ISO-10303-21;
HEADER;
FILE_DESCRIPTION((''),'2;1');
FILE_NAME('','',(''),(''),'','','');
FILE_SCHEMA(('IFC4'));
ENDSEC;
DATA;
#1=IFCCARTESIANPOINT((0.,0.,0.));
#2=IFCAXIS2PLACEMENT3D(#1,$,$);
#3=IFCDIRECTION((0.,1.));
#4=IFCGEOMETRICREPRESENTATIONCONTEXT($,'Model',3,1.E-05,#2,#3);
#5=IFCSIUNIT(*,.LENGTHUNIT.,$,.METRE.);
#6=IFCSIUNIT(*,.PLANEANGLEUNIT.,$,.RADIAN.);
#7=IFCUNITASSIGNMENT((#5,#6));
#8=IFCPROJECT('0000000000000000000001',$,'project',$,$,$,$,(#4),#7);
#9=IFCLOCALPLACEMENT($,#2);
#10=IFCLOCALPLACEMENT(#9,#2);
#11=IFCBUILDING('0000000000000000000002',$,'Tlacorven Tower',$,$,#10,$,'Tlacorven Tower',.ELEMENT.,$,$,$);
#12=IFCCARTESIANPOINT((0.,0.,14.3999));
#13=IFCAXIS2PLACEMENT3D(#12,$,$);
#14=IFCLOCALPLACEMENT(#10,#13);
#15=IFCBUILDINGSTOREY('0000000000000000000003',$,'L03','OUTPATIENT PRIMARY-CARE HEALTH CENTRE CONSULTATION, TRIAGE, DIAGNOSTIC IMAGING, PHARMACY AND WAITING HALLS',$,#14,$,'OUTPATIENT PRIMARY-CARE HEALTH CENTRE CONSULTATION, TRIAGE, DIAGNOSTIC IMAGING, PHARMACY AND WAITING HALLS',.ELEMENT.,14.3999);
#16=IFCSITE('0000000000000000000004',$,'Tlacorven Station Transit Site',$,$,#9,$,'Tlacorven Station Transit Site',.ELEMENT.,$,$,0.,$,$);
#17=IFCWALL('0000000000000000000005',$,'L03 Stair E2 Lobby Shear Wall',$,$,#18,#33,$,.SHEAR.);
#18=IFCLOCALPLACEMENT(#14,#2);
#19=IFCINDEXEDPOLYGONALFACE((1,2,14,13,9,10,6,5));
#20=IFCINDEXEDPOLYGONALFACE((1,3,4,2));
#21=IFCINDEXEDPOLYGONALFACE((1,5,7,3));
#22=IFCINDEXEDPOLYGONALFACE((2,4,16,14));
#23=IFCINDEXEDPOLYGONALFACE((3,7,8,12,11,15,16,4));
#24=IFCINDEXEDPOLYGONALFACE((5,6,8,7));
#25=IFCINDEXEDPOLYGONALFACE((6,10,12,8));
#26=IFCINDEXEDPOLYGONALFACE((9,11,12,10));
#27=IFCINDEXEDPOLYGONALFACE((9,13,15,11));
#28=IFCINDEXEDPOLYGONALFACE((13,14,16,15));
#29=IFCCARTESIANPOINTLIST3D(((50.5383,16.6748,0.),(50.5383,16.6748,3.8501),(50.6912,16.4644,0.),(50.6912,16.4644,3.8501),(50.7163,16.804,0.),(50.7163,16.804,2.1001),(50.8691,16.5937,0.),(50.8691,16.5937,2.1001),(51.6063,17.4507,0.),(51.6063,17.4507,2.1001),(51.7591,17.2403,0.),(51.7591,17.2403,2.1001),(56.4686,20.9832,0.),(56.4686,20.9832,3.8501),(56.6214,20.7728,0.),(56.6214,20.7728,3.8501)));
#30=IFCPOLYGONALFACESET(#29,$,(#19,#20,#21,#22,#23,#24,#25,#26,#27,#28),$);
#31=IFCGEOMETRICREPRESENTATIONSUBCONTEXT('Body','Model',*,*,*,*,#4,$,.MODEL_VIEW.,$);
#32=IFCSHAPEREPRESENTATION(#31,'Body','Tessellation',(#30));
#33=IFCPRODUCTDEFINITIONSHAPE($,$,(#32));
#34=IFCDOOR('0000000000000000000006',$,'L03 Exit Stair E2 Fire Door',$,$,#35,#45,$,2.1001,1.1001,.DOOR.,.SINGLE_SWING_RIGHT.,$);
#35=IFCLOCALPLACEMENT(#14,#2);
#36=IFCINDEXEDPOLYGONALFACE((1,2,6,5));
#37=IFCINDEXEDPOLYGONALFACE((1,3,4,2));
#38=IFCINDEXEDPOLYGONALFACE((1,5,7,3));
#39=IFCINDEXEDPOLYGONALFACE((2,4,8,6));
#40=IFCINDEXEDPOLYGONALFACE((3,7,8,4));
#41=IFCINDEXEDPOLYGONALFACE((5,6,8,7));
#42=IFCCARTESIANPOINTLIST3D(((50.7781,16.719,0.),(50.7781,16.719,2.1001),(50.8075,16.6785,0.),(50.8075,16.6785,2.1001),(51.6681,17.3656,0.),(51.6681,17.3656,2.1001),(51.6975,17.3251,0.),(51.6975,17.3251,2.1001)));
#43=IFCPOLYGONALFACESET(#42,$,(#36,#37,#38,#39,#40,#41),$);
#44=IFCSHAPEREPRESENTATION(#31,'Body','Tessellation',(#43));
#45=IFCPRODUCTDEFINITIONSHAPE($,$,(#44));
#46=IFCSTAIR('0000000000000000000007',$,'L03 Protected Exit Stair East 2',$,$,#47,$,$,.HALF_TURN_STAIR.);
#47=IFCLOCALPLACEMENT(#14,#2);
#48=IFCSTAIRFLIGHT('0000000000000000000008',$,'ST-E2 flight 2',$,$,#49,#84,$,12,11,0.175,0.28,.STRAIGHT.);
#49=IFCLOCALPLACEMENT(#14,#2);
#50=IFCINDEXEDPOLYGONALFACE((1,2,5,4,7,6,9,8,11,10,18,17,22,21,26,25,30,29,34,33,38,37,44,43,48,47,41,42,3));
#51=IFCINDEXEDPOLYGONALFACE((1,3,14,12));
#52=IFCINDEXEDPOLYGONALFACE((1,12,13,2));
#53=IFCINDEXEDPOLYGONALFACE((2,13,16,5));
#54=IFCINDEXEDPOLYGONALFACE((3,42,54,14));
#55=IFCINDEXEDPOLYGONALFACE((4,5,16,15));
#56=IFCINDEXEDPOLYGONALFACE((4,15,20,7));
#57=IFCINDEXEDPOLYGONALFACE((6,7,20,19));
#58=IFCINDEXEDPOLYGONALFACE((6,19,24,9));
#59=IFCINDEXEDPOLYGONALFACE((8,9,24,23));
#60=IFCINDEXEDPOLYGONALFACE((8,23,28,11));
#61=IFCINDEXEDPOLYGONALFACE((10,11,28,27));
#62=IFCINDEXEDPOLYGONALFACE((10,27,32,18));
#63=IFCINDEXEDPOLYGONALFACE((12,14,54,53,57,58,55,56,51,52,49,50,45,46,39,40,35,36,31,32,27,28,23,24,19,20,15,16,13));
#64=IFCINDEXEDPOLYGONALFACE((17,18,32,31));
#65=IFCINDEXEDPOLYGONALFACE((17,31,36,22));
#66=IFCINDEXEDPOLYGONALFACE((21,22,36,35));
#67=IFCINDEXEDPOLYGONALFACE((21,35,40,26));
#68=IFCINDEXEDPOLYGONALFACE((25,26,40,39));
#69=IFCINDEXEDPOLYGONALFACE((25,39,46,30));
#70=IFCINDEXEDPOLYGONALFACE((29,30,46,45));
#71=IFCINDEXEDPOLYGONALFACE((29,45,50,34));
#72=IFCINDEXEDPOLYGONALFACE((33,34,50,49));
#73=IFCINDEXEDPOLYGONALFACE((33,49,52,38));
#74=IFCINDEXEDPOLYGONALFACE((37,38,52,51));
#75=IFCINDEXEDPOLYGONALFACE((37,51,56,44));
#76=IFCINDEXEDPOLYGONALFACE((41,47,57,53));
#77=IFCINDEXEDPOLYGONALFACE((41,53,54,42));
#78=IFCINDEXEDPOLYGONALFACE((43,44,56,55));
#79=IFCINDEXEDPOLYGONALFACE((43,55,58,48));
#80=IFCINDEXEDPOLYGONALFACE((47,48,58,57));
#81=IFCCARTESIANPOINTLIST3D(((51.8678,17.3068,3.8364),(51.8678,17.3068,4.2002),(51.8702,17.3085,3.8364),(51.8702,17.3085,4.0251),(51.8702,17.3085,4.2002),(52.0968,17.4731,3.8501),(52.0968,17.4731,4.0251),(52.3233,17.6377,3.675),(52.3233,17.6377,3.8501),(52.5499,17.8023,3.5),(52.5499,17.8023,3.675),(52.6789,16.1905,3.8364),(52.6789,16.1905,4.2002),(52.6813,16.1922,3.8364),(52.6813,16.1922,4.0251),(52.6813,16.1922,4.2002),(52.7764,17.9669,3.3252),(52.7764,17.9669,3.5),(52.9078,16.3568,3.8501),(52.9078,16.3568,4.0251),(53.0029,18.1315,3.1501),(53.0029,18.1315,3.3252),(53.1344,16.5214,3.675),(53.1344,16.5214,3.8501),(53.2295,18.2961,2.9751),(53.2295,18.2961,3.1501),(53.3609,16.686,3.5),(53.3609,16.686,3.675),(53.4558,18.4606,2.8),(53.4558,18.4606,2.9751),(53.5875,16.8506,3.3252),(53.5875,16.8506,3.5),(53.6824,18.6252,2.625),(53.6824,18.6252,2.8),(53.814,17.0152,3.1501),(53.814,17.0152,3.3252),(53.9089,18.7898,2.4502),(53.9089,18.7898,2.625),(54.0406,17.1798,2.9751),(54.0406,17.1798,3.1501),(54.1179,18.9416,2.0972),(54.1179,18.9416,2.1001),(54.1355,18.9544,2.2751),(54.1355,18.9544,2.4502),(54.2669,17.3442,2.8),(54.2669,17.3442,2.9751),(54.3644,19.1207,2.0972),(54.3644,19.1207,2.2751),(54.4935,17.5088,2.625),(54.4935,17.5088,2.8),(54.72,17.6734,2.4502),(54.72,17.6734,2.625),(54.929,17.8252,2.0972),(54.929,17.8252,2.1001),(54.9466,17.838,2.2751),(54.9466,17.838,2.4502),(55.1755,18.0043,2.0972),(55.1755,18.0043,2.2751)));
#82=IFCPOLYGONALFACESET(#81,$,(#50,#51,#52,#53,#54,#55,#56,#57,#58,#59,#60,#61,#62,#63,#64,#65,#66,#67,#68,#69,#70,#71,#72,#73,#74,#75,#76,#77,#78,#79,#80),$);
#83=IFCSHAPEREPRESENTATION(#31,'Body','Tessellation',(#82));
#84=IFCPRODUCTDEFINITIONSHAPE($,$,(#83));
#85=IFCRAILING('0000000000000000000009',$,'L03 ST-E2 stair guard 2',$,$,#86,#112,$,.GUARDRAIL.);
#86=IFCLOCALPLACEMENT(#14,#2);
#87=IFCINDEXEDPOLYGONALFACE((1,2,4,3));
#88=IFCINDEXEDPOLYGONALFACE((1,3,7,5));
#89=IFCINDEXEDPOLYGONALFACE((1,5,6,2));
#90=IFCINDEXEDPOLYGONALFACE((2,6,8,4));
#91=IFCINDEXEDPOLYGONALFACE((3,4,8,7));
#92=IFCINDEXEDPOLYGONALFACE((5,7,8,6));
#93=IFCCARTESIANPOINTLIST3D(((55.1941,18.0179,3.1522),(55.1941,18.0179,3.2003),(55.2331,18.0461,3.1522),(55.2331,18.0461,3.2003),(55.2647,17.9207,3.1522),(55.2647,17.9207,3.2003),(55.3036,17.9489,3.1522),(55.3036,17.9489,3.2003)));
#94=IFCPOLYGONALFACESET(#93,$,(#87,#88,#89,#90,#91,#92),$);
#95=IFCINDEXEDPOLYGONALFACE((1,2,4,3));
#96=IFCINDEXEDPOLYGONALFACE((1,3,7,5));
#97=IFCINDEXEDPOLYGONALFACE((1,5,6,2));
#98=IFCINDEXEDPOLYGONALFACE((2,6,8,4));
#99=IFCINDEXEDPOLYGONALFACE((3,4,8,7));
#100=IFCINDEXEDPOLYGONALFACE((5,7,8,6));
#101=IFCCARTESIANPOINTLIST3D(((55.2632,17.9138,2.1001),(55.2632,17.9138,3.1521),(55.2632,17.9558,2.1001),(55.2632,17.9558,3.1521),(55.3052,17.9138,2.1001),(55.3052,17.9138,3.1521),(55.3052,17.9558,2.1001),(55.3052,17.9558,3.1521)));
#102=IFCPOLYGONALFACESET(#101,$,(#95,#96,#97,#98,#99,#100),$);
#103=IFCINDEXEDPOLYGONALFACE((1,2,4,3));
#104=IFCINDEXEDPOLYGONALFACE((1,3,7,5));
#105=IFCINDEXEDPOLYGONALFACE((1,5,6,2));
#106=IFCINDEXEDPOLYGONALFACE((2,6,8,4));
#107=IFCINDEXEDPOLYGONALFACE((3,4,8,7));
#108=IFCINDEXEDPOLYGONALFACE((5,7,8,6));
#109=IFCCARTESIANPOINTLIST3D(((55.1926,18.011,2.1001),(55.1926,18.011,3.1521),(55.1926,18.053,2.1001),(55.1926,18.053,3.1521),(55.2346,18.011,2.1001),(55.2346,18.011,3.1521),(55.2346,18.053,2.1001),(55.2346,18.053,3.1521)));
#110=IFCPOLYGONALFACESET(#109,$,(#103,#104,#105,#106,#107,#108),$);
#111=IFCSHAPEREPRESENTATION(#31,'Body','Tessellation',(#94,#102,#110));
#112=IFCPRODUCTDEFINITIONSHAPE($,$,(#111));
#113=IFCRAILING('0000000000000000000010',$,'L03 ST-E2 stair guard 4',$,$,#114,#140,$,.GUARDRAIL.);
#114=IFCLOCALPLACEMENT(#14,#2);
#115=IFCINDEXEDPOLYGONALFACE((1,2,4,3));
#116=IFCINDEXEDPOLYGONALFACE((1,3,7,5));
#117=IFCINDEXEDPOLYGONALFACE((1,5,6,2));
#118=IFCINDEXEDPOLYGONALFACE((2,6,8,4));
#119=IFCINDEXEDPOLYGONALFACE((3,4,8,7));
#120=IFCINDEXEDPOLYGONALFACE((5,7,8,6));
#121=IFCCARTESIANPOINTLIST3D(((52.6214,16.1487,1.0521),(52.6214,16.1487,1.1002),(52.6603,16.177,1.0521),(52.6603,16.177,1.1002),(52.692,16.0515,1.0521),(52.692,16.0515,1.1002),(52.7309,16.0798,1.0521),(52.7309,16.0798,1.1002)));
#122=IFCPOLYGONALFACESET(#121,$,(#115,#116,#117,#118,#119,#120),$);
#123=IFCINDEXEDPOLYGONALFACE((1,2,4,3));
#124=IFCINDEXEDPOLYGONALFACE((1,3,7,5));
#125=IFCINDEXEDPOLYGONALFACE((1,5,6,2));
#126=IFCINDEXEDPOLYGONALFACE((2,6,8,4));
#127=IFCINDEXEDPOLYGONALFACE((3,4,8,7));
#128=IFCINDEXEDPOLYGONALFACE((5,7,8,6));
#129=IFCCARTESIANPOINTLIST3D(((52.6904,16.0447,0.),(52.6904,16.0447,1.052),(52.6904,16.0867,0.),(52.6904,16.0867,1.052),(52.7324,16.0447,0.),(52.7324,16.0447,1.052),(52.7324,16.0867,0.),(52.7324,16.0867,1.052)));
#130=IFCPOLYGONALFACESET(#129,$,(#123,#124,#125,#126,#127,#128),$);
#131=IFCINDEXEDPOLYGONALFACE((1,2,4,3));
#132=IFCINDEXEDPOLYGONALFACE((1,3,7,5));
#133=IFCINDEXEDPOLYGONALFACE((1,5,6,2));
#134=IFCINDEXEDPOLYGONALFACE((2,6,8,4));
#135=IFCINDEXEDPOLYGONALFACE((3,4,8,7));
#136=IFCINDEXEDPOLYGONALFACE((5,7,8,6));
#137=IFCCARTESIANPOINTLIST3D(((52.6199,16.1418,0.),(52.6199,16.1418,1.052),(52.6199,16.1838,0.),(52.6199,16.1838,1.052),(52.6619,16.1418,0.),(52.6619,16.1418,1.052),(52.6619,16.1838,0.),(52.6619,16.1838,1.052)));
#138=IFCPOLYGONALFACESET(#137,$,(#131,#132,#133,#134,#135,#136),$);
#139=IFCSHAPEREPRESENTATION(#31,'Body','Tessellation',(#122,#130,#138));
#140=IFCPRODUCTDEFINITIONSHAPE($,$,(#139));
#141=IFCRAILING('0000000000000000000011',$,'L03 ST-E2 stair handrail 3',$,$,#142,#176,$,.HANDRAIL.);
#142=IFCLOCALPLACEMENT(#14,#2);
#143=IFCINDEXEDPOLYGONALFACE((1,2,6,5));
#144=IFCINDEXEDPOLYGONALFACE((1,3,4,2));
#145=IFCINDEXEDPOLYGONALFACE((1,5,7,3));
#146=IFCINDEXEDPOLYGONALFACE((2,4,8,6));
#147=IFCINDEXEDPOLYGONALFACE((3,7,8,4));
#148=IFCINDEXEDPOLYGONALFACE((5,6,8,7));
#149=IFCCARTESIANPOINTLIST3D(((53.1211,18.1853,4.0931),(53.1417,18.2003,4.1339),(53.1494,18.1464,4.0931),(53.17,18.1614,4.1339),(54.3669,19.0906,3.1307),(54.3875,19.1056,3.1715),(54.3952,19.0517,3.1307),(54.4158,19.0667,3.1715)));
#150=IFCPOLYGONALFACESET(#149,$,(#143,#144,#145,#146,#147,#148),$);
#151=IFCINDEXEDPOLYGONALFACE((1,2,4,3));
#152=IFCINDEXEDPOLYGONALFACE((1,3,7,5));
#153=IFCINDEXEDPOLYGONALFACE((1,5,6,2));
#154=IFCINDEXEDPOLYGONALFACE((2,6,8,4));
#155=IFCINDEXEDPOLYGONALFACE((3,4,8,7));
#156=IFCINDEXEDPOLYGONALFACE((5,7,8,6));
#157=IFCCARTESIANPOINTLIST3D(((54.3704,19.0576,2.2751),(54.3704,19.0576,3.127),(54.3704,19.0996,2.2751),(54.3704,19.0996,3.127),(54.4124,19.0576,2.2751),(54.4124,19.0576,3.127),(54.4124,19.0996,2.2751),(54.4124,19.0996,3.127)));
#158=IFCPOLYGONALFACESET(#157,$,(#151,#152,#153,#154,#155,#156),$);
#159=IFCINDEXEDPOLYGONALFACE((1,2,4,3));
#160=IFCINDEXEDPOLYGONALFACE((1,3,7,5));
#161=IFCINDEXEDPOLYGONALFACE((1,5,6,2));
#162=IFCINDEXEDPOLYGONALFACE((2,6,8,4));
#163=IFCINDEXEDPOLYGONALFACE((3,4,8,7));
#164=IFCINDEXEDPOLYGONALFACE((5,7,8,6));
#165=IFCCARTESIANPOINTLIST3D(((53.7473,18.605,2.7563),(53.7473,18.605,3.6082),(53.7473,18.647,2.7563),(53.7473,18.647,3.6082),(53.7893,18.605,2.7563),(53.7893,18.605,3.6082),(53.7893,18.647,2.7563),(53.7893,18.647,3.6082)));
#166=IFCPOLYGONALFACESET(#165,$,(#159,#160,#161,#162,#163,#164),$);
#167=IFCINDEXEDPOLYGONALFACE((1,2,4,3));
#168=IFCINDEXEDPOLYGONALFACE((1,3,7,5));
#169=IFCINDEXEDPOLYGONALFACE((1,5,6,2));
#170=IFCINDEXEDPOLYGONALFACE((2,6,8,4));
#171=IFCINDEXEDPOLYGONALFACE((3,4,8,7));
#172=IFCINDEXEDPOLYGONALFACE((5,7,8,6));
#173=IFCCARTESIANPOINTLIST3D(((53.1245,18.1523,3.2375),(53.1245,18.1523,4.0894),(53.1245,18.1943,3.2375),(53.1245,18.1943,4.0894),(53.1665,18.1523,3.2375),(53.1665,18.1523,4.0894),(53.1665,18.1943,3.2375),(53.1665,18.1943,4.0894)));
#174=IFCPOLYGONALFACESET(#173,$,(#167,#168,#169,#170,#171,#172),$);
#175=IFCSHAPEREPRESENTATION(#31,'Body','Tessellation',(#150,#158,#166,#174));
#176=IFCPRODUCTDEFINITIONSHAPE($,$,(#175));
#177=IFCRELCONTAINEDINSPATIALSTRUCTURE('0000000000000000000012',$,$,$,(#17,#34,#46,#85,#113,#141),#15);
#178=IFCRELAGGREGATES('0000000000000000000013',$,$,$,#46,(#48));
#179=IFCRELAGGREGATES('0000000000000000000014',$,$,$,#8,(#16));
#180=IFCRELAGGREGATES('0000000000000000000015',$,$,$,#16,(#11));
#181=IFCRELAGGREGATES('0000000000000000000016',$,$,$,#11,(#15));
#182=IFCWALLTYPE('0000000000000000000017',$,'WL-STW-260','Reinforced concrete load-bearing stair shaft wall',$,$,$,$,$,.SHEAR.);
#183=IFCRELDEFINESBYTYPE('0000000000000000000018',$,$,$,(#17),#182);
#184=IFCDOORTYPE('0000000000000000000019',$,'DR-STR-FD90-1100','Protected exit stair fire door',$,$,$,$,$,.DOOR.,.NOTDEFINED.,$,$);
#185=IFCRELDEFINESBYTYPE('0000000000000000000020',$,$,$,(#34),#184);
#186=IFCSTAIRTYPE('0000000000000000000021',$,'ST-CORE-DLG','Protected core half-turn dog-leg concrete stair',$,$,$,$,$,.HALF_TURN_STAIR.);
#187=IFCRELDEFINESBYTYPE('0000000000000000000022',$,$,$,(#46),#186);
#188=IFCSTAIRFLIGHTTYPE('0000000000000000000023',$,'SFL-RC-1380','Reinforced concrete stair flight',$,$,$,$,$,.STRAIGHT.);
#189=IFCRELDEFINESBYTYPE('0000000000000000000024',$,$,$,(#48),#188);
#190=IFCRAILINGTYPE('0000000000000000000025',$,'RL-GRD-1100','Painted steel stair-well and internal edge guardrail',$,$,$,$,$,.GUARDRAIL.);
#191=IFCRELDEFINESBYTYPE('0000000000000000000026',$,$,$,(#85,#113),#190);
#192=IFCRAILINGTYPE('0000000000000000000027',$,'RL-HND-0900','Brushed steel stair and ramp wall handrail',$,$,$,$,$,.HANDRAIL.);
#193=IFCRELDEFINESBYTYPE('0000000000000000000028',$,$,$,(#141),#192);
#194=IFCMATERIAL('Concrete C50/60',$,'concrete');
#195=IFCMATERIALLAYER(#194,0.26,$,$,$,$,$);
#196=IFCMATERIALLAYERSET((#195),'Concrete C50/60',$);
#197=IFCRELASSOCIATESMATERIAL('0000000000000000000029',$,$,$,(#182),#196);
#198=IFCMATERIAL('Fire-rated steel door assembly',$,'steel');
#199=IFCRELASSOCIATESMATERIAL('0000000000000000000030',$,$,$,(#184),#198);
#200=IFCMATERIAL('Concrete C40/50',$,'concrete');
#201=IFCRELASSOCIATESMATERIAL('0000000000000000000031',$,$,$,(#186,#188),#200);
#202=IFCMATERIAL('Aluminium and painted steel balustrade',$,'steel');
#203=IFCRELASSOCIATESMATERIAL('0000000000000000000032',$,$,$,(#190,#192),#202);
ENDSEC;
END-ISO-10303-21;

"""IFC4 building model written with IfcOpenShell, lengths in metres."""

from ifc_helpers import new_model, si_unit, direction, frame, frame_2d, origin, origin_2d, place, context, subcontext, project, spatial, polyline, rectangle, outline, extrude, source, transform, mapped, material, layer, layer_set, type_object, element, fill, aggregate, save


model = new_model("IFC4")

# Units and contexts
model_context = context("Model", 3, precision=1e-05, world=origin(), true_north=direction((0.0, 1.0)))
body_context = subcontext(model_context, "Body", "Model", "MODEL_VIEW")
ifc_project = project(units=[si_unit("LENGTHUNIT", "METRE"), si_unit("PLANEANGLEUNIT", "RADIAN")], contexts=[model_context])

# Site, building, storey
site_placement = place(None, origin())
site = spatial("IfcSite", under=ifc_project, at=site_placement, Name="Tlacorven Station Transit Site", LongName="Tlacorven Station Transit Site", CompositionType="ELEMENT", RefElevation=0.0)
building_placement = place(site_placement, origin())
building = spatial("IfcBuilding", under=site, at=building_placement, Name="Tlacorven Tower", LongName="Tlacorven Tower", CompositionType="ELEMENT")
storey_placement = place(building_placement, frame((0.0, 0.0, 14.3999)))
storey = spatial("IfcBuildingStorey", under=building, at=storey_placement, Name="L03", Description="OUTPATIENT PRIMARY-CARE HEALTH CENTRE CONSULTATION, TRIAGE, DIAGNOSTIC IMAGING, PHARMACY AND WAITING HALLS", LongName="OUTPATIENT PRIMARY-CARE HEALTH CENTRE CONSULTATION, TRIAGE, DIAGNOSTIC IMAGING, PHARMACY AND WAITING HALLS", CompositionType="ELEMENT", Elevation=14.3999)

# Shared definitions
ifc_material_1 = material(Name="Concrete C40/50", Category="concrete")
ifc_material_2 = material(Name="Fire-rated steel door assembly", Category="steel")

# Wall, opening, door
ifc_material_3 = material(Name="Concrete C50/60", Category="concrete")
ifc_layer_1 = layer(ifc_material_3, 0.26)
ifc_layer_set_1 = layer_set([ifc_layer_1], Name="Concrete C50/60")
wall_type_1 = type_object("IfcWallType", Name="WL-STW-260", Description="Reinforced concrete load-bearing stair shaft wall", PredefinedType="SHEAR", material=ifc_layer_set_1)
door_type_1 = type_object("IfcDoorType", Name="DR-STR-FD90-1100", Description="Protected exit stair fire door", OperationType="NOTDEFINED", PredefinedType="DOOR", material=ifc_material_2)
shared_shape_1 = source(origin(), body_context, "Body", "SweptSolid", [
    extrude(rectangle(XDim=1.1001, YDim=2.1001, at=frame_2d((0.55, 1.05))), frame((0.0, 0.0249, 0.0), z_axis=(0.0, -1.0, 0.0), x_axis=(1.0, 0.0, 0.0)), (0.0, 0.0, 1.0), 0.05),
])
wall_1_placement = place(storey_placement, frame((50.6147, 16.5696, 0.0), z_axis=(0.0, 0.0, 1.0), x_axis=(0.809028, 0.58777, 0.0)))
wall_1 = element("IfcWall", 1, at=wall_1_placement, inside=storey, type_object=wall_type_1, Name="L03 Stair E2 Lobby Shear Wall", PredefinedType="SHEAR", context=body_context, shape_type="SweptSolid", body=[
    extrude(rectangle(XDim=7.3301, YDim=0.26, at=frame_2d((3.665, 0.0))), origin(), (0.0, 0.0, 1.0), 3.8501),
])
opening_1_placement = place(wall_1_placement, frame((0.22, 0.0, 0.0)))
opening_1 = element("IfcOpeningElement", 2, at=opening_1_placement, cuts=wall_1, PredefinedType="OPENING", context=body_context, shape_type="SweptSolid", body=[
    extrude(rectangle(XDim=1.1001, YDim=2.1001, at=frame_2d((0.55, 1.05))), frame((0.0, 0.1401, 0.0), z_axis=(0.0, -1.0, 0.0), x_axis=(1.0, 0.0, 0.0)), (0.0, 0.0, 1.0), 0.28),
])
door_1_placement = place(opening_1_placement, origin())
door_1 = element("IfcDoor", 3, at=door_1_placement, inside=storey, type_object=door_type_1, Name="L03 Exit Stair E2 Fire Door", OperationType="SINGLE_SWING_RIGHT", OverallHeight=2.1001, OverallWidth=1.1001, PredefinedType="DOOR", context=body_context, shape_type="MappedRepresentation", body=[
    mapped(shared_shape_1, transform((0.0, 0.0, 0.0), scale=1.0)),
])
fill(opening_1, door_1)

# Stair, stair flight
stair_type = type_object("IfcStairType", Name="ST-CORE-DLG", Description="Protected core half-turn dog-leg concrete stair", PredefinedType="HALF_TURN_STAIR", material=ifc_material_1)
stair_placement = place(storey_placement, origin())
stair = element("IfcStair", 4, at=stair_placement, inside=storey, type_object=stair_type, Name="L03 Protected Exit Stair East 2", PredefinedType="HALF_TURN_STAIR")
stair_flight_type = type_object("IfcStairFlightType", Name="SFL-RC-1380", Description="Reinforced concrete stair flight", PredefinedType="STRAIGHT", material=ifc_material_1)
shared_shape_2 = source(origin(), body_context, "Body", "SweptSolid", [
    extrude(outline(polyline([(-0.0029, -0.0029), (-0.0029, 0.175), (0.28, 0.175), (0.28, 0.3501), (0.5601, 0.3501), (0.5601, 0.5249), (0.8401, 0.5249), (0.8401, 0.7), (1.1201, 0.7), (1.1201, 0.875), (1.3999, 0.875), (1.3999, 1.05), (1.6799, 1.05), (1.6799, 1.2251), (1.96, 1.2251), (1.96, 1.3999), (2.24, 1.3999), (2.24, 1.575), (2.52, 1.575), (2.52, 1.75), (2.8, 1.75), (2.8, 1.925), (3.0801, 1.925), (3.0801, 2.1001), (3.083, 2.1001), (3.083, 1.7363), (3.0801, 1.7363), (0.3018, 0.0), (0.3018, -0.0029), (-0.0029, -0.0029)])), frame((0.0, 0.6899, 0.0), z_axis=(0.0, -1.0, 0.0), x_axis=(1.0, 0.0, 0.0)), (0.0, 0.0, 1.0), 1.3799),
])
stair_flight_placement = place(storey_placement, frame((54.7676, 18.5608, 2.1001), z_axis=(0.0, 0.0, 1.0), x_axis=(-0.809017, -0.587785, 0.0)))
stair_flight = element("IfcStairFlight", 5, at=stair_flight_placement, type_object=stair_flight_type, Name="ST-E2 flight 2", NumberOfRisers=12, NumberOfTreads=11, PredefinedType="STRAIGHT", RiserHeight=0.175, TreadLength=0.28, context=body_context, shape_type="MappedRepresentation", body=[
    mapped(shared_shape_2, transform((0.0, 0.0, 0.0), scale=1.0)),
])
aggregate(stair, [stair_flight])

# Railings
ifc_material_4 = material(Name="Aluminium and painted steel balustrade", Category="steel")
railing_type_1 = type_object("IfcRailingType", Name="RL-GRD-1100", Description="Painted steel stair-well and internal edge guardrail", PredefinedType="GUARDRAIL", material=ifc_material_4)
shared_shape_3 = source(origin(), body_context, "Body", "SweptSolid", [
    extrude(rectangle(XDim=0.0481, YDim=0.0481, at=origin_2d()), frame((0.0, 0.0, 1.0762), z_axis=(-0.587567, 0.809175, 0.0), x_axis=(-0.809175, -0.587567, 0.0)), (0.0, 0.0, 1.0), 0.1201),
    extrude(rectangle(XDim=0.042, YDim=0.042, at=origin_2d()), origin(), (0.0, 0.0, 1.0), 1.052),
    extrude(rectangle(XDim=0.042, YDim=0.042, at=origin_2d()), frame((-0.0706, 0.0972, 0.0)), (0.0, 0.0, 1.0), 1.052),
])
for number, where, name in (
    (6, (55.2842, 17.9348, 2.1001), "L03 ST-E2 stair guard 2"),
    (7, (52.7114, 16.0657, 0.0), "L03 ST-E2 stair guard 4"),
):
    element("IfcRailing", number, at=place(storey_placement, frame(where)), inside=storey, type_object=railing_type_1, Name=name, PredefinedType="GUARDRAIL", context=body_context, shape_type="MappedRepresentation", body=[
        mapped(shared_shape_3, transform((0.0, 0.0, 0.0), scale=1.0)),
    ])
railing_type_2 = type_object("IfcRailingType", Name="RL-HND-0900", Description="Brushed steel stair and ramp wall handrail", PredefinedType="HANDRAIL", material=ifc_material_4)
shared_shape_4 = source(origin(), body_context, "Body", "SweptSolid", [
    extrude(rectangle(XDim=0.0481, YDim=0.0481, at=origin_2d()), frame((0.0, 0.0, 0.876), z_axis=(-0.686038, -0.498497, 0.529955), x_axis=(0.587832, -0.808983, 0.0)), (0.0, 0.0, 1.0), 1.8159),
    extrude(rectangle(XDim=0.042, YDim=0.042, at=origin_2d()), origin(), (0.0, 0.0, 1.0), 0.8518),
    extrude(rectangle(XDim=0.042, YDim=0.042, at=origin_2d()), frame((-0.623, -0.4526, 0.4812)), (0.0, 0.0, 1.0), 0.8518),
    extrude(rectangle(XDim=0.042, YDim=0.042, at=origin_2d()), frame((-1.2458, -0.9053, 0.9624)), (0.0, 0.0, 1.0), 0.8518),
])
railing_1_placement = place(storey_placement, frame((54.3914, 19.0786, 2.2751)))
element("IfcRailing", 8, at=railing_1_placement, inside=storey, type_object=railing_type_2, Name="L03 ST-E2 stair handrail 3", PredefinedType="HANDRAIL", context=body_context, shape_type="MappedRepresentation", body=[
    mapped(shared_shape_4, transform((0.0, 0.0, 0.0), scale=1.0)),
])

save(model, "model.ifc")
